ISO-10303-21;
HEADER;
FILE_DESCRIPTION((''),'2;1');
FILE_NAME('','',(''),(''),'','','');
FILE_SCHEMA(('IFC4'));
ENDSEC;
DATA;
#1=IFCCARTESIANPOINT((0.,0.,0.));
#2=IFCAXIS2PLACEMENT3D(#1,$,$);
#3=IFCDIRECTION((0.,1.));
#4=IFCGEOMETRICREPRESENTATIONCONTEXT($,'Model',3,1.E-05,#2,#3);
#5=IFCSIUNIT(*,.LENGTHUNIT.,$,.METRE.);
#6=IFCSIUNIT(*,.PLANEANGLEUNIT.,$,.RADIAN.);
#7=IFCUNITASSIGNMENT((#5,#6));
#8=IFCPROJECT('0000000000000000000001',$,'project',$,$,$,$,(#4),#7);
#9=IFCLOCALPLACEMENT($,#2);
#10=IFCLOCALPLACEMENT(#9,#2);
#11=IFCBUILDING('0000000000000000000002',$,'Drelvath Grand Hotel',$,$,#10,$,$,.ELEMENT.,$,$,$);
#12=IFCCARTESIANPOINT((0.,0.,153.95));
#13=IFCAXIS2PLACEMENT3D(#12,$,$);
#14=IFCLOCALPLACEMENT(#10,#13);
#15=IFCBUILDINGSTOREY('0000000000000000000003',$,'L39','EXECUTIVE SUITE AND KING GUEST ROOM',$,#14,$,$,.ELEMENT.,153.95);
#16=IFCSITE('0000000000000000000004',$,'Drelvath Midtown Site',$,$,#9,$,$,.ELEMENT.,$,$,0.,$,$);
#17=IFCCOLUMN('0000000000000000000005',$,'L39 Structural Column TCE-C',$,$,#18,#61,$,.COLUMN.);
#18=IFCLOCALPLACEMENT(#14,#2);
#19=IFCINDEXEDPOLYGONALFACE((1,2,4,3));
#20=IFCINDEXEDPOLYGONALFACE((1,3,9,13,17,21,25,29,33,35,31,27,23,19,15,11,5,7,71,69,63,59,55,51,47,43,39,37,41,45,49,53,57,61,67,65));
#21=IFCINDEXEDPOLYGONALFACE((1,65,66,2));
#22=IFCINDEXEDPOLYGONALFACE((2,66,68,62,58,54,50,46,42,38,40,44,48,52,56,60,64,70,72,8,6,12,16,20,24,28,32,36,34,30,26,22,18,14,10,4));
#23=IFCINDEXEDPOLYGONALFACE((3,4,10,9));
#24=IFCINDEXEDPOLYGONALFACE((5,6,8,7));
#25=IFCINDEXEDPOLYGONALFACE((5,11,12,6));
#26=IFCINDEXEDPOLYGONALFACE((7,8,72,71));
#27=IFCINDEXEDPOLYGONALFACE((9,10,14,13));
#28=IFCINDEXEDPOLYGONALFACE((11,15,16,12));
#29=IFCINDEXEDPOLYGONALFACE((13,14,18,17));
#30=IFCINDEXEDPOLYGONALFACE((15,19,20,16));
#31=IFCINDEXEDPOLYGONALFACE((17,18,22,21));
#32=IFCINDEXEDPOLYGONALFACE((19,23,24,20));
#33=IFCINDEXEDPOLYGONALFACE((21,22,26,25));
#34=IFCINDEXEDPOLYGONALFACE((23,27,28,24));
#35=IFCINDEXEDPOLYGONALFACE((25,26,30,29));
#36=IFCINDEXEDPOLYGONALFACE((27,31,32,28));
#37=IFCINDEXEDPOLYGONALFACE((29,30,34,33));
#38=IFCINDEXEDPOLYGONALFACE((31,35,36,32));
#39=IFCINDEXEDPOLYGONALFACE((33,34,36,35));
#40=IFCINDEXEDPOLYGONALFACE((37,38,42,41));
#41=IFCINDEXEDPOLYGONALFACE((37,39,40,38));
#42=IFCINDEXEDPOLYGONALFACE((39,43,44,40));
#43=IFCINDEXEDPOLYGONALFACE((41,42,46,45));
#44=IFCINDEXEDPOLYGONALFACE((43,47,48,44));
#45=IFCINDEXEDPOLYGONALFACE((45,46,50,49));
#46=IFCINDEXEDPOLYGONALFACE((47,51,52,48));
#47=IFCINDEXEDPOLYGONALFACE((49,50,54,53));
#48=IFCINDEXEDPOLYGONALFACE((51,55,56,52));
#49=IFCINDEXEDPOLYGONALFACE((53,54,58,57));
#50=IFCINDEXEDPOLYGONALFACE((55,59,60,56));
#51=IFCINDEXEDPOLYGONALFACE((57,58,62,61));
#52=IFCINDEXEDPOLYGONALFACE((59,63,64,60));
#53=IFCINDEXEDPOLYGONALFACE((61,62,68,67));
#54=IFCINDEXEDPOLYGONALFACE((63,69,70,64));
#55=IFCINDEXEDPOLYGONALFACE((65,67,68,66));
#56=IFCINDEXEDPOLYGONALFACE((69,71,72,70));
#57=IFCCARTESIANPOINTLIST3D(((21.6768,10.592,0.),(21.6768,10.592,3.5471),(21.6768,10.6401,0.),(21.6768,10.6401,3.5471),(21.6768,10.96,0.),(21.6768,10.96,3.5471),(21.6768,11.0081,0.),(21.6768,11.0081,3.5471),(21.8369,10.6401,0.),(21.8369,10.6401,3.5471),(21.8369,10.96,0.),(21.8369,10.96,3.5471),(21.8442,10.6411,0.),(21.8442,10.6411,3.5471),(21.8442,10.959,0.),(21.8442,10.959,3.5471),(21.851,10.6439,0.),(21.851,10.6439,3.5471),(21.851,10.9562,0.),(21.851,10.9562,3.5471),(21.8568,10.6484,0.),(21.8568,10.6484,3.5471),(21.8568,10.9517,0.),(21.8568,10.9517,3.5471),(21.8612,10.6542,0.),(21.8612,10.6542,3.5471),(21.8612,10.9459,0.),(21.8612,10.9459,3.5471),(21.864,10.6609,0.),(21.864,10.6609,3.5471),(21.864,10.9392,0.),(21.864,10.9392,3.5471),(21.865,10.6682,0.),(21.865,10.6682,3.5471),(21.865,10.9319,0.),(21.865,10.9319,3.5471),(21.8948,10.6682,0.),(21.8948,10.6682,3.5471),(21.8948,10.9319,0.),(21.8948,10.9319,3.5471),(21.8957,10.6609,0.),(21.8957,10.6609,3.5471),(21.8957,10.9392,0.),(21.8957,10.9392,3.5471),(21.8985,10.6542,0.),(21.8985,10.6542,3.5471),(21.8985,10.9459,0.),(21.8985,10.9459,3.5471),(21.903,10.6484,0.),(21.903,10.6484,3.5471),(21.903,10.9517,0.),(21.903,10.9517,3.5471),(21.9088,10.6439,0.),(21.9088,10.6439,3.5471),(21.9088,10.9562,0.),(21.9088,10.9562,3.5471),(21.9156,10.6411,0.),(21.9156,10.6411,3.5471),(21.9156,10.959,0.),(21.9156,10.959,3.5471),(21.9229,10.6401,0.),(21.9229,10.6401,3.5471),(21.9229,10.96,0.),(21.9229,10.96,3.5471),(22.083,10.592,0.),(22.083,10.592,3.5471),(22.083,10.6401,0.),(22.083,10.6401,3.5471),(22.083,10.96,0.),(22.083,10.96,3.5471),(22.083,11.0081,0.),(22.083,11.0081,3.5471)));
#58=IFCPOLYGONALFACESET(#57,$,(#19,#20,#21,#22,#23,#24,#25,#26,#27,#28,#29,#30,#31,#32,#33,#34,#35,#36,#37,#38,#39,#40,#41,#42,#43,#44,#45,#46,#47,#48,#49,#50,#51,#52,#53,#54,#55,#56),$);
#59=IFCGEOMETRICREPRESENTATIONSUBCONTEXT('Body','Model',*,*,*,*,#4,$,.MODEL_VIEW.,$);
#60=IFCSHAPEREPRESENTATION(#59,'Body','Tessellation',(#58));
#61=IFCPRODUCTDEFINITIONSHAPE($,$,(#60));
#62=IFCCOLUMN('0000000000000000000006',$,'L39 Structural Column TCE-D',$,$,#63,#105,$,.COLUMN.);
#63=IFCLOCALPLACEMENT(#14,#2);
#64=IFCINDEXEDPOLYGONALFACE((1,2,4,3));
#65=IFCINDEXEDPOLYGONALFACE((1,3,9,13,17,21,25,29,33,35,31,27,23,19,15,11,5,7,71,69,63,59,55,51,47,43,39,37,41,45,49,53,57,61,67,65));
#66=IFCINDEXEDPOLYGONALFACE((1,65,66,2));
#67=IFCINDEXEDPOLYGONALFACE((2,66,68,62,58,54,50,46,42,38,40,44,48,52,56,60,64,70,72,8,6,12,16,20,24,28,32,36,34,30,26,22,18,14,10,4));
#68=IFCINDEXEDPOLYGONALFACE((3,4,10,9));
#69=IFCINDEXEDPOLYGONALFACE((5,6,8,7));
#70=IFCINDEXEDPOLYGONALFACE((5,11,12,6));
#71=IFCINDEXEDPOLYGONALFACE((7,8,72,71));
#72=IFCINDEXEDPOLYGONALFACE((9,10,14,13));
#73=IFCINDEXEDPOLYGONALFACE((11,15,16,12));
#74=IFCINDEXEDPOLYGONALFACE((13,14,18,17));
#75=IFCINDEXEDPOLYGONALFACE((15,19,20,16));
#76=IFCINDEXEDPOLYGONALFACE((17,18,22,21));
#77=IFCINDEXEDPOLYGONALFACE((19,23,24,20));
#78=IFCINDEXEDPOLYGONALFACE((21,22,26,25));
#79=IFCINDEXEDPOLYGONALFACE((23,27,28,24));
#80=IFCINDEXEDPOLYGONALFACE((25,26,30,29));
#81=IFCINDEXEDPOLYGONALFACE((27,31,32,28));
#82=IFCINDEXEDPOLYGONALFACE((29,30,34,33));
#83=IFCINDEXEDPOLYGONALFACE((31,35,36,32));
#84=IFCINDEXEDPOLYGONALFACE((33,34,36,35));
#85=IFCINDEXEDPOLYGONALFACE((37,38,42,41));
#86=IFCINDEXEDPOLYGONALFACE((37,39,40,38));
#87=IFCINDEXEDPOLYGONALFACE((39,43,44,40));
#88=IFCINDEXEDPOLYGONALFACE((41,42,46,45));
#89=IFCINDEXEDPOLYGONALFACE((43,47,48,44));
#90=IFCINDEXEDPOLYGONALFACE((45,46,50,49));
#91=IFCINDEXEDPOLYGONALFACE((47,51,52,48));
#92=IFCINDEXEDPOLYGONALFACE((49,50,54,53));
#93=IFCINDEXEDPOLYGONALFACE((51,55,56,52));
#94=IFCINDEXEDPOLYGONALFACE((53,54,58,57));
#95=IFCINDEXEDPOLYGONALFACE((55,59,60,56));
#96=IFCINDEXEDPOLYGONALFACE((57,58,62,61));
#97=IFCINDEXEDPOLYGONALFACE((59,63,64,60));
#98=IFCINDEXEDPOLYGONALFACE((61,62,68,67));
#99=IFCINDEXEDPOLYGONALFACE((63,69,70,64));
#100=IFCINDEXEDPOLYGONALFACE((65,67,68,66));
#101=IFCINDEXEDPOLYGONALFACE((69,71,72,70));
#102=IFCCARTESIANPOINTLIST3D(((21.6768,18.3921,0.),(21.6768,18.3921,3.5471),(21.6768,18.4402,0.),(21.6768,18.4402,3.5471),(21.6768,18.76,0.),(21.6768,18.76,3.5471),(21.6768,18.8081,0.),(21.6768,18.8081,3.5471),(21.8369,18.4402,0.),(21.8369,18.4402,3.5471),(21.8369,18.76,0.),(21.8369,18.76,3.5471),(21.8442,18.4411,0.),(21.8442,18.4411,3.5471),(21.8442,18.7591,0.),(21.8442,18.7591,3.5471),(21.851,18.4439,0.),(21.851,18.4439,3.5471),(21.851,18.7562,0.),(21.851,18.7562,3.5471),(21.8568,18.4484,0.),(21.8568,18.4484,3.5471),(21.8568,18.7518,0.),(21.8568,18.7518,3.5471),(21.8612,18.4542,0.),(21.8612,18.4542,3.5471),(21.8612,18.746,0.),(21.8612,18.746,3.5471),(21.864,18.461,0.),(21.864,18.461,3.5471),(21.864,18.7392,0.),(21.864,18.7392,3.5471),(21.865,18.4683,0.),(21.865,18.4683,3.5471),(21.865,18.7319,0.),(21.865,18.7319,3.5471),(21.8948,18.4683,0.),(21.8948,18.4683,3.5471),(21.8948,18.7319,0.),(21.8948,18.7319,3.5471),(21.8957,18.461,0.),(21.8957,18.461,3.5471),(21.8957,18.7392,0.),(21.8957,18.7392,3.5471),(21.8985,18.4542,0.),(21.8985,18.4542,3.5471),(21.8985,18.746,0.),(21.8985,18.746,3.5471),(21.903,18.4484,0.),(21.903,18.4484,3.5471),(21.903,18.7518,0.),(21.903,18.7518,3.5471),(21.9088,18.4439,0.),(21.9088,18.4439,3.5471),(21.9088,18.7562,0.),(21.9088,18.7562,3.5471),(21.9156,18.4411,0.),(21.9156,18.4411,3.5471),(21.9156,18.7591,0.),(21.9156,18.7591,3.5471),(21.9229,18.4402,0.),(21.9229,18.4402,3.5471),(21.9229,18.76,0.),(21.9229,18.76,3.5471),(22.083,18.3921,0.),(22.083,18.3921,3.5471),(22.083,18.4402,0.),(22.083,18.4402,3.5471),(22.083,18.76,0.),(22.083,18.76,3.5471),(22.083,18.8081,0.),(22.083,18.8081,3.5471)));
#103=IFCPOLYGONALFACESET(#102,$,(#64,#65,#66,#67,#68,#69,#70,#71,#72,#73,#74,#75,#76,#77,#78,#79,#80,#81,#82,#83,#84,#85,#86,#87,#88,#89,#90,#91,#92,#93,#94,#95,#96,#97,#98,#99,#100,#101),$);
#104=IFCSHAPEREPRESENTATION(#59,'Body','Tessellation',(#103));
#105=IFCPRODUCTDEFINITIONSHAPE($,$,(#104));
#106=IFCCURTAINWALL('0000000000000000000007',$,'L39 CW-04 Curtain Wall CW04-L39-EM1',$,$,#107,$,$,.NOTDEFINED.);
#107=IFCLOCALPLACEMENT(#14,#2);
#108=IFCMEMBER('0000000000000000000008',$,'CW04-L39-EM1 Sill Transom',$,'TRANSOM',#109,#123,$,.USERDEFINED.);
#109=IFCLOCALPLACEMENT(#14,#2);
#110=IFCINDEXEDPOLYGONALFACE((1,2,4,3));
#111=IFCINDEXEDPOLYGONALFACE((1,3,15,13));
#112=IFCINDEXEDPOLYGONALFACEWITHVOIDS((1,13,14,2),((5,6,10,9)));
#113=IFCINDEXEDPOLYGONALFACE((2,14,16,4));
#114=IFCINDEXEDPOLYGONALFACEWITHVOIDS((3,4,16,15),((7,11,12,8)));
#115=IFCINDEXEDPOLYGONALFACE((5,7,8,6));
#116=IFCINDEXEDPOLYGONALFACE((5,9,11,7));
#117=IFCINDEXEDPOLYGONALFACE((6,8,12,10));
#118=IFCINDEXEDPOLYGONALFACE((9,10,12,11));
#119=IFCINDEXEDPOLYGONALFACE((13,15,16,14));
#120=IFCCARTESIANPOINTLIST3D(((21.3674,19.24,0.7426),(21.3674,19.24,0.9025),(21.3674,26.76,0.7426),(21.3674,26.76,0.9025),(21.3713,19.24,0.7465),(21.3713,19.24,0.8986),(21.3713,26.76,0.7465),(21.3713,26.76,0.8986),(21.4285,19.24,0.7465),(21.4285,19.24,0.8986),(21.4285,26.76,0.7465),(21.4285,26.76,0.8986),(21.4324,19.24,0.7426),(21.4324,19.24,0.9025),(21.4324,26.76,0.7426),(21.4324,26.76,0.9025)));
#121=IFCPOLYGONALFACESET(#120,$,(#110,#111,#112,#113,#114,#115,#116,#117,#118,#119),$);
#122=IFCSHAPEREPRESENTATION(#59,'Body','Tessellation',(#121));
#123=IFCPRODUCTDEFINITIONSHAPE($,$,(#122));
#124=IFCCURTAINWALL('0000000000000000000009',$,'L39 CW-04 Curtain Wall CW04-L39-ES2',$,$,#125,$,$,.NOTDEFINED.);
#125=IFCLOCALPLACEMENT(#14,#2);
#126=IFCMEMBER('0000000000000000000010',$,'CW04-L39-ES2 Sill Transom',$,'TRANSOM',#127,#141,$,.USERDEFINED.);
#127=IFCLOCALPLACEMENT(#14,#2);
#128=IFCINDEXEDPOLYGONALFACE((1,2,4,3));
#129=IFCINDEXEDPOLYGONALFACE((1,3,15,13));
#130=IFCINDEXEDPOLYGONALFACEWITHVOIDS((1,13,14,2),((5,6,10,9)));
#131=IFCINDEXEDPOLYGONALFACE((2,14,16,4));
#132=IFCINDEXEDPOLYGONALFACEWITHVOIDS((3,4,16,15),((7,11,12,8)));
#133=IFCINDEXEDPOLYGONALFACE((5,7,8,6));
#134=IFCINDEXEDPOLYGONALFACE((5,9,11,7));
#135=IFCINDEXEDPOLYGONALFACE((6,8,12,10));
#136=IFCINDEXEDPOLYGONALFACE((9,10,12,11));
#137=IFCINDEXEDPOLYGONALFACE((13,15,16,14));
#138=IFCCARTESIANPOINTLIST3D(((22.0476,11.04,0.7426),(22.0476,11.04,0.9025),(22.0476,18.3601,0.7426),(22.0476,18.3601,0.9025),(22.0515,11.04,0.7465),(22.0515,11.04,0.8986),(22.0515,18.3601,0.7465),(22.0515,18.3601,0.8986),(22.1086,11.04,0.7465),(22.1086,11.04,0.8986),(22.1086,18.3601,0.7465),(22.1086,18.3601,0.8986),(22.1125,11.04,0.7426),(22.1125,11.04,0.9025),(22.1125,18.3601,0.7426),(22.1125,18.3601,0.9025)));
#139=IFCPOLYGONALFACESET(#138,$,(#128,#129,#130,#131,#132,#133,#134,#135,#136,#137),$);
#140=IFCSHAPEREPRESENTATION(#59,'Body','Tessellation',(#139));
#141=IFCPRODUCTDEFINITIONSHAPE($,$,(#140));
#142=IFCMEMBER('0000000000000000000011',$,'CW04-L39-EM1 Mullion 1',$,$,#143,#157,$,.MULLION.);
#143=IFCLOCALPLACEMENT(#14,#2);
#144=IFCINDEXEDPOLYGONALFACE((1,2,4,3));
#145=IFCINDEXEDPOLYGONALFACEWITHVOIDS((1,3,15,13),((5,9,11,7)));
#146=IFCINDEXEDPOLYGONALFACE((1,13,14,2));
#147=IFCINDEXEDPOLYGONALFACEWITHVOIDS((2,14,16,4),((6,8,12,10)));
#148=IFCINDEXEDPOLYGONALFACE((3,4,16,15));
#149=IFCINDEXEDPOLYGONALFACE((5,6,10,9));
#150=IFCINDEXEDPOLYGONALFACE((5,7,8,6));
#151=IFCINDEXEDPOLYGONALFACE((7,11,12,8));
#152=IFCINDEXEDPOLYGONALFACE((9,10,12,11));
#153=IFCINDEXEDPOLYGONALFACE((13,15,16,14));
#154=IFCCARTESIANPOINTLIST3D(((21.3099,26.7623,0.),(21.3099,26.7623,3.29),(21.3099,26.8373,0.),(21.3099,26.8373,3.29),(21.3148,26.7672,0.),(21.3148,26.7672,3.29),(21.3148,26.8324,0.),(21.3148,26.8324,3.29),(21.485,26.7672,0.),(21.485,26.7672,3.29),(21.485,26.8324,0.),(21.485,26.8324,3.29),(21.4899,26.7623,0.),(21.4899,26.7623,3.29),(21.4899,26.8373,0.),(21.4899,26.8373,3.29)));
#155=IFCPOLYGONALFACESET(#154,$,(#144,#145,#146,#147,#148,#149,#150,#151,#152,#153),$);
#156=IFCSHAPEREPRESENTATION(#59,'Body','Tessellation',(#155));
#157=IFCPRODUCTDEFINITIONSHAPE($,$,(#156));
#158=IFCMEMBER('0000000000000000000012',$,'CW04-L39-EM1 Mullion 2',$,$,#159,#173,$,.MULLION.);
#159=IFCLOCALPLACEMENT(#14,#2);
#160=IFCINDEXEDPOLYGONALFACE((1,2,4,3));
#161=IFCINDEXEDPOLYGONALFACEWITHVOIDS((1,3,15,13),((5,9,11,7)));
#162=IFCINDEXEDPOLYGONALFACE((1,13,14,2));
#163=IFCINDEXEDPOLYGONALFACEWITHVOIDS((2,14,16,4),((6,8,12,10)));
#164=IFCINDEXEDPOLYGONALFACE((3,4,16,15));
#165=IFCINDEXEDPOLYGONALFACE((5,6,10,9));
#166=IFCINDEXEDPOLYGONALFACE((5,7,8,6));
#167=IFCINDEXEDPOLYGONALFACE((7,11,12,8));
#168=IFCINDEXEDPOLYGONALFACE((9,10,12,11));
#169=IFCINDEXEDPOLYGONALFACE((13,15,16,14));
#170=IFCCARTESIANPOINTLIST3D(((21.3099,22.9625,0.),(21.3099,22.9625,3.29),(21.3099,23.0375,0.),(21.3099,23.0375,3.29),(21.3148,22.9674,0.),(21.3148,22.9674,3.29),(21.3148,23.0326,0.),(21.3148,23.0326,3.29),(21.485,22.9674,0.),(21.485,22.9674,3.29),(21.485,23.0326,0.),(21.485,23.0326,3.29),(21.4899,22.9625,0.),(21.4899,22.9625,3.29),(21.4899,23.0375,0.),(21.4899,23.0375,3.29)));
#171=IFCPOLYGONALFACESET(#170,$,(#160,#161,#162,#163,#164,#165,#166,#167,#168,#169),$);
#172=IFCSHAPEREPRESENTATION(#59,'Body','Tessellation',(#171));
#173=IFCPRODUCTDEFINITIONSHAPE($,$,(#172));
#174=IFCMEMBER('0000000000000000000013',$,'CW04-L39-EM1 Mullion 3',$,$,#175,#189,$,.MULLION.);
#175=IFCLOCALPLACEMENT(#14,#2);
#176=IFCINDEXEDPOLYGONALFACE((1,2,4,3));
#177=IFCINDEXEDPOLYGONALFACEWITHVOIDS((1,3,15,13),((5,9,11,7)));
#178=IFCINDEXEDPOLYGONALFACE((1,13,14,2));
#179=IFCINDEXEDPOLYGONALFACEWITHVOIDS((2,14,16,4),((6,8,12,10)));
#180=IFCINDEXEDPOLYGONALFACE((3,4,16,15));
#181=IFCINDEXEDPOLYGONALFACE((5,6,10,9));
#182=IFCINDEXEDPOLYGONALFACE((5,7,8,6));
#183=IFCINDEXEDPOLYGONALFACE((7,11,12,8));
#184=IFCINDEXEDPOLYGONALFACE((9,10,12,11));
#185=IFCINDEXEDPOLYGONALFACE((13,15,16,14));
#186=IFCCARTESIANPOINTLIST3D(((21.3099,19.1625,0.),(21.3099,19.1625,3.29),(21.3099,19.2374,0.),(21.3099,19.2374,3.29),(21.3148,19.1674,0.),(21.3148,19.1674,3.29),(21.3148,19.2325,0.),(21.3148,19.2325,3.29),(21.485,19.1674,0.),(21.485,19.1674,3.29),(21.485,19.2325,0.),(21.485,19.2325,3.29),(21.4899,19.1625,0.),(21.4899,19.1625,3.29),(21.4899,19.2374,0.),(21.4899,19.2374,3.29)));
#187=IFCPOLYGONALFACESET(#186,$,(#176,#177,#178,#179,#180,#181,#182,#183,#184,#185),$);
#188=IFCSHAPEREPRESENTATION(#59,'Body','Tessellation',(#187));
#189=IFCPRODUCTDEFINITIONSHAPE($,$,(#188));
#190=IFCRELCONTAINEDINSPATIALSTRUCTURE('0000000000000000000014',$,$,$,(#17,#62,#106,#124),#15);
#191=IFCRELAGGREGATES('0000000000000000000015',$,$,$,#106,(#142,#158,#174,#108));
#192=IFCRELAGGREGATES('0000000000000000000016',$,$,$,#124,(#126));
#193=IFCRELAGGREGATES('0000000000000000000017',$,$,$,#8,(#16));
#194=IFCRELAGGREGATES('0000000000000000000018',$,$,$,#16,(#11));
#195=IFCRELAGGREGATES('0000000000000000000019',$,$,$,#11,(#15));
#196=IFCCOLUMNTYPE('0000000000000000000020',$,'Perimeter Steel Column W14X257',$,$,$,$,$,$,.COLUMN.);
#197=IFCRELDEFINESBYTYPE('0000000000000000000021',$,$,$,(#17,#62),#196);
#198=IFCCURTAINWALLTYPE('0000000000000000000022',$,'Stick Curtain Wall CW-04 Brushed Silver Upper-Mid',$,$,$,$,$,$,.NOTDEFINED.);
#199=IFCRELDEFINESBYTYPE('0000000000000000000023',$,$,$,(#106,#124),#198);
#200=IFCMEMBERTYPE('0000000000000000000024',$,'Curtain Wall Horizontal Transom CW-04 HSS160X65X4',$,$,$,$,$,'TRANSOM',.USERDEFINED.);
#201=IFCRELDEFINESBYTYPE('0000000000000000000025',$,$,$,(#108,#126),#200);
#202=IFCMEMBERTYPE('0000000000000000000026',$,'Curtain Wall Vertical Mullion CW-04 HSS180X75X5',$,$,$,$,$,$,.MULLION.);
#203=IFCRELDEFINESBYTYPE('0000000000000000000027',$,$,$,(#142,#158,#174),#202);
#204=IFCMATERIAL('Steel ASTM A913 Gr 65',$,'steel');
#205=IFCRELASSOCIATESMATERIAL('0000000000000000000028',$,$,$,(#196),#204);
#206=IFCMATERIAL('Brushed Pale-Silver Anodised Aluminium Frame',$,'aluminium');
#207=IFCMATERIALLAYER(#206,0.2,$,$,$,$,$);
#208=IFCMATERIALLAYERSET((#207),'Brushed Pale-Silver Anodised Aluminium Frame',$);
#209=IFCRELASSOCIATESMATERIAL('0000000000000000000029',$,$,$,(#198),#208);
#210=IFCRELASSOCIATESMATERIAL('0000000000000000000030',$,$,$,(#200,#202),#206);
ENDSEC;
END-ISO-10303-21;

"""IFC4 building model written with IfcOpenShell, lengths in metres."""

from ifc_helpers import new_model, si_unit, direction, frame, origin, origin_2d, place, context, subcontext, project, spatial, hollow_rectangle, i_section, extrude, material, layer, layer_set, material_profile, profile_set, type_object, element, aggregate, save


model = new_model("IFC4")

# Units and contexts
model_context = context("Model", 3, precision=1e-05, world=origin(), true_north=direction((0.0, 1.0)))
body_context = subcontext(model_context, "Body", "Model", "MODEL_VIEW")
ifc_project = project(units=[si_unit("LENGTHUNIT", "METRE"), si_unit("PLANEANGLEUNIT", "RADIAN")], contexts=[model_context])

# Site, building, storey
site_placement = place(None, origin())
site = spatial("IfcSite", under=ifc_project, at=site_placement, Name="Drelvath Midtown Site", CompositionType="ELEMENT", RefElevation=0.0)
building_placement = place(site_placement, origin())
building = spatial("IfcBuilding", under=site, at=building_placement, Name="Drelvath Grand Hotel", CompositionType="ELEMENT")
storey_placement = place(building_placement, frame((0.0, 0.0, 153.95)))
storey = spatial("IfcBuildingStorey", under=building, at=storey_placement, Name="L39", Description="EXECUTIVE SUITE AND KING GUEST ROOM", CompositionType="ELEMENT", Elevation=153.95)

# Columns
ifc_material_1 = material(Name="Steel ASTM A913 Gr 65", Category="steel")
ifc_material_profile_1 = material_profile(ifc_material_1, i_section(OverallWidth=0.4062, OverallDepth=0.416, WebThickness=0.0298, FlangeThickness=0.0481, FilletRadius=0.0281, at=origin_2d()), Name="W14X257")
ifc_profile_set_1 = profile_set([ifc_material_profile_1], Name="Steel ASTM A913 Gr 65")
column_type = type_object("IfcColumnType", Name="Perimeter Steel Column W14X257", PredefinedType="COLUMN", material=ifc_profile_set_1)
for number, where, z_axis, x_axis, name in (
    (1, (21.8799, 10.8, 0.0), (0.0, 0.0, 1.0), (1.0, 0.0, 0.0), "L39 Structural Column TCE-C"),
    (2, (21.8799, 18.6001, 0.0), (0.0, 0.0, 1.0), (1.0, 0.0, 0.0), "L39 Structural Column TCE-D"),
):
    element("IfcColumn", number, at=place(storey_placement, frame(where, z_axis=z_axis, x_axis=x_axis)), inside=storey, type_object=column_type, Name=name, PredefinedType="COLUMN", context=body_context, shape_type="SweptSolid", body=[
        extrude(i_section(OverallWidth=0.4062, OverallDepth=0.416, WebThickness=0.0298, FlangeThickness=0.0481, FilletRadius=0.0281, at=origin_2d()), origin(), (0.0, 0.0, 1.0), 3.5471),
    ])

# Curtain walls, members
ifc_material_2 = material(Name="Brushed Pale-Silver Anodised Aluminium Frame", Category="aluminium")
ifc_layer_1 = layer(ifc_material_2, 0.2)
ifc_layer_set_1 = layer_set([ifc_layer_1], Name="Brushed Pale-Silver Anodised Aluminium Frame")
curtain_wall_type = type_object("IfcCurtainWallType", Name="Stick Curtain Wall CW-04 Brushed Silver Upper-Mid", PredefinedType="NOTDEFINED", material=ifc_layer_set_1)
curtain_wall_1_placement = place(storey_placement, origin())
curtain_wall_1 = element("IfcCurtainWall", 3, at=curtain_wall_1_placement, inside=storey, type_object=curtain_wall_type, Name="L39 CW-04 Curtain Wall CW04-L39-EM1", PredefinedType="NOTDEFINED")
ifc_material_profile_2 = material_profile(ifc_material_2, hollow_rectangle(XDim=0.0649, YDim=0.1599, WallThickness=0.0039, at=origin_2d()), Name="HSS160X65X4")
ifc_profile_set_2 = profile_set([ifc_material_profile_2], Name="Brushed Pale-Silver Anodised Aluminium Frame")
member_type_1 = type_object("IfcMemberType", Name="Curtain Wall Horizontal Transom CW-04 HSS160X65X4", ElementType="TRANSOM", PredefinedType="USERDEFINED", material=ifc_profile_set_2)
member_1_placement = place(storey_placement, frame((21.3999, 26.76, 0.8225), z_axis=(0.0, -1.0, 0.0), x_axis=(1.0, 0.0, 0.0)))
member_1 = element("IfcMember", 4, at=member_1_placement, type_object=member_type_1, Name="CW04-L39-EM1 Sill Transom", ObjectType="TRANSOM", PredefinedType="USERDEFINED", context=body_context, shape_type="SweptSolid", body=[
    extrude(hollow_rectangle(XDim=0.0649, YDim=0.1599, WallThickness=0.0039, at=origin_2d()), origin(), (0.0, 0.0, 1.0), 7.52),
])
curtain_wall_2_placement = place(storey_placement, origin())
curtain_wall_2 = element("IfcCurtainWall", 5, at=curtain_wall_2_placement, inside=storey, type_object=curtain_wall_type, Name="L39 CW-04 Curtain Wall CW04-L39-ES2", PredefinedType="NOTDEFINED")
member_2_placement = place(storey_placement, frame((22.0801, 18.3601, 0.8225), z_axis=(0.0, -1.0, 0.0), x_axis=(1.0, 0.0, 0.0)))
member_2 = element("IfcMember", 6, at=member_2_placement, type_object=member_type_1, Name="CW04-L39-ES2 Sill Transom", ObjectType="TRANSOM", PredefinedType="USERDEFINED", context=body_context, shape_type="SweptSolid", body=[
    extrude(hollow_rectangle(XDim=0.0649, YDim=0.1599, WallThickness=0.0039, at=origin_2d()), origin(), (0.0, 0.0, 1.0), 7.3201),
])

# Members
ifc_material_profile_3 = material_profile(ifc_material_2, hollow_rectangle(XDim=0.075, YDim=0.1799, WallThickness=0.0049, at=origin_2d()), Name="HSS180X75X5")
ifc_profile_set_3 = profile_set([ifc_material_profile_3], Name="Brushed Pale-Silver Anodised Aluminium Frame")
member_type_2 = type_object("IfcMemberType", Name="Curtain Wall Vertical Mullion CW-04 HSS180X75X5", PredefinedType="MULLION", material=ifc_profile_set_3)
member_3_placement = place(storey_placement, frame((21.3999, 26.7998, 0.0), z_axis=(0.0, 0.0, 1.0), x_axis=(0.0, 1.0, 0.0)))
member_3 = element("IfcMember", 7, at=member_3_placement, type_object=member_type_2, Name="CW04-L39-EM1 Mullion 1", PredefinedType="MULLION", context=body_context, shape_type="SweptSolid", body=[
    extrude(hollow_rectangle(XDim=0.075, YDim=0.1799, WallThickness=0.0049, at=origin_2d()), origin(), (0.0, 0.0, 1.0), 3.29),
])
member_4_placement = place(storey_placement, frame((21.3999, 23.0, 0.0), z_axis=(0.0, 0.0, 1.0), x_axis=(0.0, 1.0, 0.0)))
member_4 = element("IfcMember", 8, at=member_4_placement, type_object=member_type_2, Name="CW04-L39-EM1 Mullion 2", PredefinedType="MULLION", context=body_context, shape_type="SweptSolid", body=[
    extrude(hollow_rectangle(XDim=0.075, YDim=0.1799, WallThickness=0.0049, at=origin_2d()), origin(), (0.0, 0.0, 1.0), 3.29),
])
member_5_placement = place(storey_placement, frame((21.3999, 19.2, 0.0), z_axis=(0.0, 0.0, 1.0), x_axis=(0.0, 1.0, 0.0)))
member_5 = element("IfcMember", 9, at=member_5_placement, type_object=member_type_2, Name="CW04-L39-EM1 Mullion 3", PredefinedType="MULLION", context=body_context, shape_type="SweptSolid", body=[
    extrude(hollow_rectangle(XDim=0.075, YDim=0.1799, WallThickness=0.0049, at=origin_2d()), origin(), (0.0, 0.0, 1.0), 3.29),
])

aggregate(curtain_wall_1, [member_3, member_4, member_5, member_1])
aggregate(curtain_wall_2, [member_2])

save(model, "model.ifc")
